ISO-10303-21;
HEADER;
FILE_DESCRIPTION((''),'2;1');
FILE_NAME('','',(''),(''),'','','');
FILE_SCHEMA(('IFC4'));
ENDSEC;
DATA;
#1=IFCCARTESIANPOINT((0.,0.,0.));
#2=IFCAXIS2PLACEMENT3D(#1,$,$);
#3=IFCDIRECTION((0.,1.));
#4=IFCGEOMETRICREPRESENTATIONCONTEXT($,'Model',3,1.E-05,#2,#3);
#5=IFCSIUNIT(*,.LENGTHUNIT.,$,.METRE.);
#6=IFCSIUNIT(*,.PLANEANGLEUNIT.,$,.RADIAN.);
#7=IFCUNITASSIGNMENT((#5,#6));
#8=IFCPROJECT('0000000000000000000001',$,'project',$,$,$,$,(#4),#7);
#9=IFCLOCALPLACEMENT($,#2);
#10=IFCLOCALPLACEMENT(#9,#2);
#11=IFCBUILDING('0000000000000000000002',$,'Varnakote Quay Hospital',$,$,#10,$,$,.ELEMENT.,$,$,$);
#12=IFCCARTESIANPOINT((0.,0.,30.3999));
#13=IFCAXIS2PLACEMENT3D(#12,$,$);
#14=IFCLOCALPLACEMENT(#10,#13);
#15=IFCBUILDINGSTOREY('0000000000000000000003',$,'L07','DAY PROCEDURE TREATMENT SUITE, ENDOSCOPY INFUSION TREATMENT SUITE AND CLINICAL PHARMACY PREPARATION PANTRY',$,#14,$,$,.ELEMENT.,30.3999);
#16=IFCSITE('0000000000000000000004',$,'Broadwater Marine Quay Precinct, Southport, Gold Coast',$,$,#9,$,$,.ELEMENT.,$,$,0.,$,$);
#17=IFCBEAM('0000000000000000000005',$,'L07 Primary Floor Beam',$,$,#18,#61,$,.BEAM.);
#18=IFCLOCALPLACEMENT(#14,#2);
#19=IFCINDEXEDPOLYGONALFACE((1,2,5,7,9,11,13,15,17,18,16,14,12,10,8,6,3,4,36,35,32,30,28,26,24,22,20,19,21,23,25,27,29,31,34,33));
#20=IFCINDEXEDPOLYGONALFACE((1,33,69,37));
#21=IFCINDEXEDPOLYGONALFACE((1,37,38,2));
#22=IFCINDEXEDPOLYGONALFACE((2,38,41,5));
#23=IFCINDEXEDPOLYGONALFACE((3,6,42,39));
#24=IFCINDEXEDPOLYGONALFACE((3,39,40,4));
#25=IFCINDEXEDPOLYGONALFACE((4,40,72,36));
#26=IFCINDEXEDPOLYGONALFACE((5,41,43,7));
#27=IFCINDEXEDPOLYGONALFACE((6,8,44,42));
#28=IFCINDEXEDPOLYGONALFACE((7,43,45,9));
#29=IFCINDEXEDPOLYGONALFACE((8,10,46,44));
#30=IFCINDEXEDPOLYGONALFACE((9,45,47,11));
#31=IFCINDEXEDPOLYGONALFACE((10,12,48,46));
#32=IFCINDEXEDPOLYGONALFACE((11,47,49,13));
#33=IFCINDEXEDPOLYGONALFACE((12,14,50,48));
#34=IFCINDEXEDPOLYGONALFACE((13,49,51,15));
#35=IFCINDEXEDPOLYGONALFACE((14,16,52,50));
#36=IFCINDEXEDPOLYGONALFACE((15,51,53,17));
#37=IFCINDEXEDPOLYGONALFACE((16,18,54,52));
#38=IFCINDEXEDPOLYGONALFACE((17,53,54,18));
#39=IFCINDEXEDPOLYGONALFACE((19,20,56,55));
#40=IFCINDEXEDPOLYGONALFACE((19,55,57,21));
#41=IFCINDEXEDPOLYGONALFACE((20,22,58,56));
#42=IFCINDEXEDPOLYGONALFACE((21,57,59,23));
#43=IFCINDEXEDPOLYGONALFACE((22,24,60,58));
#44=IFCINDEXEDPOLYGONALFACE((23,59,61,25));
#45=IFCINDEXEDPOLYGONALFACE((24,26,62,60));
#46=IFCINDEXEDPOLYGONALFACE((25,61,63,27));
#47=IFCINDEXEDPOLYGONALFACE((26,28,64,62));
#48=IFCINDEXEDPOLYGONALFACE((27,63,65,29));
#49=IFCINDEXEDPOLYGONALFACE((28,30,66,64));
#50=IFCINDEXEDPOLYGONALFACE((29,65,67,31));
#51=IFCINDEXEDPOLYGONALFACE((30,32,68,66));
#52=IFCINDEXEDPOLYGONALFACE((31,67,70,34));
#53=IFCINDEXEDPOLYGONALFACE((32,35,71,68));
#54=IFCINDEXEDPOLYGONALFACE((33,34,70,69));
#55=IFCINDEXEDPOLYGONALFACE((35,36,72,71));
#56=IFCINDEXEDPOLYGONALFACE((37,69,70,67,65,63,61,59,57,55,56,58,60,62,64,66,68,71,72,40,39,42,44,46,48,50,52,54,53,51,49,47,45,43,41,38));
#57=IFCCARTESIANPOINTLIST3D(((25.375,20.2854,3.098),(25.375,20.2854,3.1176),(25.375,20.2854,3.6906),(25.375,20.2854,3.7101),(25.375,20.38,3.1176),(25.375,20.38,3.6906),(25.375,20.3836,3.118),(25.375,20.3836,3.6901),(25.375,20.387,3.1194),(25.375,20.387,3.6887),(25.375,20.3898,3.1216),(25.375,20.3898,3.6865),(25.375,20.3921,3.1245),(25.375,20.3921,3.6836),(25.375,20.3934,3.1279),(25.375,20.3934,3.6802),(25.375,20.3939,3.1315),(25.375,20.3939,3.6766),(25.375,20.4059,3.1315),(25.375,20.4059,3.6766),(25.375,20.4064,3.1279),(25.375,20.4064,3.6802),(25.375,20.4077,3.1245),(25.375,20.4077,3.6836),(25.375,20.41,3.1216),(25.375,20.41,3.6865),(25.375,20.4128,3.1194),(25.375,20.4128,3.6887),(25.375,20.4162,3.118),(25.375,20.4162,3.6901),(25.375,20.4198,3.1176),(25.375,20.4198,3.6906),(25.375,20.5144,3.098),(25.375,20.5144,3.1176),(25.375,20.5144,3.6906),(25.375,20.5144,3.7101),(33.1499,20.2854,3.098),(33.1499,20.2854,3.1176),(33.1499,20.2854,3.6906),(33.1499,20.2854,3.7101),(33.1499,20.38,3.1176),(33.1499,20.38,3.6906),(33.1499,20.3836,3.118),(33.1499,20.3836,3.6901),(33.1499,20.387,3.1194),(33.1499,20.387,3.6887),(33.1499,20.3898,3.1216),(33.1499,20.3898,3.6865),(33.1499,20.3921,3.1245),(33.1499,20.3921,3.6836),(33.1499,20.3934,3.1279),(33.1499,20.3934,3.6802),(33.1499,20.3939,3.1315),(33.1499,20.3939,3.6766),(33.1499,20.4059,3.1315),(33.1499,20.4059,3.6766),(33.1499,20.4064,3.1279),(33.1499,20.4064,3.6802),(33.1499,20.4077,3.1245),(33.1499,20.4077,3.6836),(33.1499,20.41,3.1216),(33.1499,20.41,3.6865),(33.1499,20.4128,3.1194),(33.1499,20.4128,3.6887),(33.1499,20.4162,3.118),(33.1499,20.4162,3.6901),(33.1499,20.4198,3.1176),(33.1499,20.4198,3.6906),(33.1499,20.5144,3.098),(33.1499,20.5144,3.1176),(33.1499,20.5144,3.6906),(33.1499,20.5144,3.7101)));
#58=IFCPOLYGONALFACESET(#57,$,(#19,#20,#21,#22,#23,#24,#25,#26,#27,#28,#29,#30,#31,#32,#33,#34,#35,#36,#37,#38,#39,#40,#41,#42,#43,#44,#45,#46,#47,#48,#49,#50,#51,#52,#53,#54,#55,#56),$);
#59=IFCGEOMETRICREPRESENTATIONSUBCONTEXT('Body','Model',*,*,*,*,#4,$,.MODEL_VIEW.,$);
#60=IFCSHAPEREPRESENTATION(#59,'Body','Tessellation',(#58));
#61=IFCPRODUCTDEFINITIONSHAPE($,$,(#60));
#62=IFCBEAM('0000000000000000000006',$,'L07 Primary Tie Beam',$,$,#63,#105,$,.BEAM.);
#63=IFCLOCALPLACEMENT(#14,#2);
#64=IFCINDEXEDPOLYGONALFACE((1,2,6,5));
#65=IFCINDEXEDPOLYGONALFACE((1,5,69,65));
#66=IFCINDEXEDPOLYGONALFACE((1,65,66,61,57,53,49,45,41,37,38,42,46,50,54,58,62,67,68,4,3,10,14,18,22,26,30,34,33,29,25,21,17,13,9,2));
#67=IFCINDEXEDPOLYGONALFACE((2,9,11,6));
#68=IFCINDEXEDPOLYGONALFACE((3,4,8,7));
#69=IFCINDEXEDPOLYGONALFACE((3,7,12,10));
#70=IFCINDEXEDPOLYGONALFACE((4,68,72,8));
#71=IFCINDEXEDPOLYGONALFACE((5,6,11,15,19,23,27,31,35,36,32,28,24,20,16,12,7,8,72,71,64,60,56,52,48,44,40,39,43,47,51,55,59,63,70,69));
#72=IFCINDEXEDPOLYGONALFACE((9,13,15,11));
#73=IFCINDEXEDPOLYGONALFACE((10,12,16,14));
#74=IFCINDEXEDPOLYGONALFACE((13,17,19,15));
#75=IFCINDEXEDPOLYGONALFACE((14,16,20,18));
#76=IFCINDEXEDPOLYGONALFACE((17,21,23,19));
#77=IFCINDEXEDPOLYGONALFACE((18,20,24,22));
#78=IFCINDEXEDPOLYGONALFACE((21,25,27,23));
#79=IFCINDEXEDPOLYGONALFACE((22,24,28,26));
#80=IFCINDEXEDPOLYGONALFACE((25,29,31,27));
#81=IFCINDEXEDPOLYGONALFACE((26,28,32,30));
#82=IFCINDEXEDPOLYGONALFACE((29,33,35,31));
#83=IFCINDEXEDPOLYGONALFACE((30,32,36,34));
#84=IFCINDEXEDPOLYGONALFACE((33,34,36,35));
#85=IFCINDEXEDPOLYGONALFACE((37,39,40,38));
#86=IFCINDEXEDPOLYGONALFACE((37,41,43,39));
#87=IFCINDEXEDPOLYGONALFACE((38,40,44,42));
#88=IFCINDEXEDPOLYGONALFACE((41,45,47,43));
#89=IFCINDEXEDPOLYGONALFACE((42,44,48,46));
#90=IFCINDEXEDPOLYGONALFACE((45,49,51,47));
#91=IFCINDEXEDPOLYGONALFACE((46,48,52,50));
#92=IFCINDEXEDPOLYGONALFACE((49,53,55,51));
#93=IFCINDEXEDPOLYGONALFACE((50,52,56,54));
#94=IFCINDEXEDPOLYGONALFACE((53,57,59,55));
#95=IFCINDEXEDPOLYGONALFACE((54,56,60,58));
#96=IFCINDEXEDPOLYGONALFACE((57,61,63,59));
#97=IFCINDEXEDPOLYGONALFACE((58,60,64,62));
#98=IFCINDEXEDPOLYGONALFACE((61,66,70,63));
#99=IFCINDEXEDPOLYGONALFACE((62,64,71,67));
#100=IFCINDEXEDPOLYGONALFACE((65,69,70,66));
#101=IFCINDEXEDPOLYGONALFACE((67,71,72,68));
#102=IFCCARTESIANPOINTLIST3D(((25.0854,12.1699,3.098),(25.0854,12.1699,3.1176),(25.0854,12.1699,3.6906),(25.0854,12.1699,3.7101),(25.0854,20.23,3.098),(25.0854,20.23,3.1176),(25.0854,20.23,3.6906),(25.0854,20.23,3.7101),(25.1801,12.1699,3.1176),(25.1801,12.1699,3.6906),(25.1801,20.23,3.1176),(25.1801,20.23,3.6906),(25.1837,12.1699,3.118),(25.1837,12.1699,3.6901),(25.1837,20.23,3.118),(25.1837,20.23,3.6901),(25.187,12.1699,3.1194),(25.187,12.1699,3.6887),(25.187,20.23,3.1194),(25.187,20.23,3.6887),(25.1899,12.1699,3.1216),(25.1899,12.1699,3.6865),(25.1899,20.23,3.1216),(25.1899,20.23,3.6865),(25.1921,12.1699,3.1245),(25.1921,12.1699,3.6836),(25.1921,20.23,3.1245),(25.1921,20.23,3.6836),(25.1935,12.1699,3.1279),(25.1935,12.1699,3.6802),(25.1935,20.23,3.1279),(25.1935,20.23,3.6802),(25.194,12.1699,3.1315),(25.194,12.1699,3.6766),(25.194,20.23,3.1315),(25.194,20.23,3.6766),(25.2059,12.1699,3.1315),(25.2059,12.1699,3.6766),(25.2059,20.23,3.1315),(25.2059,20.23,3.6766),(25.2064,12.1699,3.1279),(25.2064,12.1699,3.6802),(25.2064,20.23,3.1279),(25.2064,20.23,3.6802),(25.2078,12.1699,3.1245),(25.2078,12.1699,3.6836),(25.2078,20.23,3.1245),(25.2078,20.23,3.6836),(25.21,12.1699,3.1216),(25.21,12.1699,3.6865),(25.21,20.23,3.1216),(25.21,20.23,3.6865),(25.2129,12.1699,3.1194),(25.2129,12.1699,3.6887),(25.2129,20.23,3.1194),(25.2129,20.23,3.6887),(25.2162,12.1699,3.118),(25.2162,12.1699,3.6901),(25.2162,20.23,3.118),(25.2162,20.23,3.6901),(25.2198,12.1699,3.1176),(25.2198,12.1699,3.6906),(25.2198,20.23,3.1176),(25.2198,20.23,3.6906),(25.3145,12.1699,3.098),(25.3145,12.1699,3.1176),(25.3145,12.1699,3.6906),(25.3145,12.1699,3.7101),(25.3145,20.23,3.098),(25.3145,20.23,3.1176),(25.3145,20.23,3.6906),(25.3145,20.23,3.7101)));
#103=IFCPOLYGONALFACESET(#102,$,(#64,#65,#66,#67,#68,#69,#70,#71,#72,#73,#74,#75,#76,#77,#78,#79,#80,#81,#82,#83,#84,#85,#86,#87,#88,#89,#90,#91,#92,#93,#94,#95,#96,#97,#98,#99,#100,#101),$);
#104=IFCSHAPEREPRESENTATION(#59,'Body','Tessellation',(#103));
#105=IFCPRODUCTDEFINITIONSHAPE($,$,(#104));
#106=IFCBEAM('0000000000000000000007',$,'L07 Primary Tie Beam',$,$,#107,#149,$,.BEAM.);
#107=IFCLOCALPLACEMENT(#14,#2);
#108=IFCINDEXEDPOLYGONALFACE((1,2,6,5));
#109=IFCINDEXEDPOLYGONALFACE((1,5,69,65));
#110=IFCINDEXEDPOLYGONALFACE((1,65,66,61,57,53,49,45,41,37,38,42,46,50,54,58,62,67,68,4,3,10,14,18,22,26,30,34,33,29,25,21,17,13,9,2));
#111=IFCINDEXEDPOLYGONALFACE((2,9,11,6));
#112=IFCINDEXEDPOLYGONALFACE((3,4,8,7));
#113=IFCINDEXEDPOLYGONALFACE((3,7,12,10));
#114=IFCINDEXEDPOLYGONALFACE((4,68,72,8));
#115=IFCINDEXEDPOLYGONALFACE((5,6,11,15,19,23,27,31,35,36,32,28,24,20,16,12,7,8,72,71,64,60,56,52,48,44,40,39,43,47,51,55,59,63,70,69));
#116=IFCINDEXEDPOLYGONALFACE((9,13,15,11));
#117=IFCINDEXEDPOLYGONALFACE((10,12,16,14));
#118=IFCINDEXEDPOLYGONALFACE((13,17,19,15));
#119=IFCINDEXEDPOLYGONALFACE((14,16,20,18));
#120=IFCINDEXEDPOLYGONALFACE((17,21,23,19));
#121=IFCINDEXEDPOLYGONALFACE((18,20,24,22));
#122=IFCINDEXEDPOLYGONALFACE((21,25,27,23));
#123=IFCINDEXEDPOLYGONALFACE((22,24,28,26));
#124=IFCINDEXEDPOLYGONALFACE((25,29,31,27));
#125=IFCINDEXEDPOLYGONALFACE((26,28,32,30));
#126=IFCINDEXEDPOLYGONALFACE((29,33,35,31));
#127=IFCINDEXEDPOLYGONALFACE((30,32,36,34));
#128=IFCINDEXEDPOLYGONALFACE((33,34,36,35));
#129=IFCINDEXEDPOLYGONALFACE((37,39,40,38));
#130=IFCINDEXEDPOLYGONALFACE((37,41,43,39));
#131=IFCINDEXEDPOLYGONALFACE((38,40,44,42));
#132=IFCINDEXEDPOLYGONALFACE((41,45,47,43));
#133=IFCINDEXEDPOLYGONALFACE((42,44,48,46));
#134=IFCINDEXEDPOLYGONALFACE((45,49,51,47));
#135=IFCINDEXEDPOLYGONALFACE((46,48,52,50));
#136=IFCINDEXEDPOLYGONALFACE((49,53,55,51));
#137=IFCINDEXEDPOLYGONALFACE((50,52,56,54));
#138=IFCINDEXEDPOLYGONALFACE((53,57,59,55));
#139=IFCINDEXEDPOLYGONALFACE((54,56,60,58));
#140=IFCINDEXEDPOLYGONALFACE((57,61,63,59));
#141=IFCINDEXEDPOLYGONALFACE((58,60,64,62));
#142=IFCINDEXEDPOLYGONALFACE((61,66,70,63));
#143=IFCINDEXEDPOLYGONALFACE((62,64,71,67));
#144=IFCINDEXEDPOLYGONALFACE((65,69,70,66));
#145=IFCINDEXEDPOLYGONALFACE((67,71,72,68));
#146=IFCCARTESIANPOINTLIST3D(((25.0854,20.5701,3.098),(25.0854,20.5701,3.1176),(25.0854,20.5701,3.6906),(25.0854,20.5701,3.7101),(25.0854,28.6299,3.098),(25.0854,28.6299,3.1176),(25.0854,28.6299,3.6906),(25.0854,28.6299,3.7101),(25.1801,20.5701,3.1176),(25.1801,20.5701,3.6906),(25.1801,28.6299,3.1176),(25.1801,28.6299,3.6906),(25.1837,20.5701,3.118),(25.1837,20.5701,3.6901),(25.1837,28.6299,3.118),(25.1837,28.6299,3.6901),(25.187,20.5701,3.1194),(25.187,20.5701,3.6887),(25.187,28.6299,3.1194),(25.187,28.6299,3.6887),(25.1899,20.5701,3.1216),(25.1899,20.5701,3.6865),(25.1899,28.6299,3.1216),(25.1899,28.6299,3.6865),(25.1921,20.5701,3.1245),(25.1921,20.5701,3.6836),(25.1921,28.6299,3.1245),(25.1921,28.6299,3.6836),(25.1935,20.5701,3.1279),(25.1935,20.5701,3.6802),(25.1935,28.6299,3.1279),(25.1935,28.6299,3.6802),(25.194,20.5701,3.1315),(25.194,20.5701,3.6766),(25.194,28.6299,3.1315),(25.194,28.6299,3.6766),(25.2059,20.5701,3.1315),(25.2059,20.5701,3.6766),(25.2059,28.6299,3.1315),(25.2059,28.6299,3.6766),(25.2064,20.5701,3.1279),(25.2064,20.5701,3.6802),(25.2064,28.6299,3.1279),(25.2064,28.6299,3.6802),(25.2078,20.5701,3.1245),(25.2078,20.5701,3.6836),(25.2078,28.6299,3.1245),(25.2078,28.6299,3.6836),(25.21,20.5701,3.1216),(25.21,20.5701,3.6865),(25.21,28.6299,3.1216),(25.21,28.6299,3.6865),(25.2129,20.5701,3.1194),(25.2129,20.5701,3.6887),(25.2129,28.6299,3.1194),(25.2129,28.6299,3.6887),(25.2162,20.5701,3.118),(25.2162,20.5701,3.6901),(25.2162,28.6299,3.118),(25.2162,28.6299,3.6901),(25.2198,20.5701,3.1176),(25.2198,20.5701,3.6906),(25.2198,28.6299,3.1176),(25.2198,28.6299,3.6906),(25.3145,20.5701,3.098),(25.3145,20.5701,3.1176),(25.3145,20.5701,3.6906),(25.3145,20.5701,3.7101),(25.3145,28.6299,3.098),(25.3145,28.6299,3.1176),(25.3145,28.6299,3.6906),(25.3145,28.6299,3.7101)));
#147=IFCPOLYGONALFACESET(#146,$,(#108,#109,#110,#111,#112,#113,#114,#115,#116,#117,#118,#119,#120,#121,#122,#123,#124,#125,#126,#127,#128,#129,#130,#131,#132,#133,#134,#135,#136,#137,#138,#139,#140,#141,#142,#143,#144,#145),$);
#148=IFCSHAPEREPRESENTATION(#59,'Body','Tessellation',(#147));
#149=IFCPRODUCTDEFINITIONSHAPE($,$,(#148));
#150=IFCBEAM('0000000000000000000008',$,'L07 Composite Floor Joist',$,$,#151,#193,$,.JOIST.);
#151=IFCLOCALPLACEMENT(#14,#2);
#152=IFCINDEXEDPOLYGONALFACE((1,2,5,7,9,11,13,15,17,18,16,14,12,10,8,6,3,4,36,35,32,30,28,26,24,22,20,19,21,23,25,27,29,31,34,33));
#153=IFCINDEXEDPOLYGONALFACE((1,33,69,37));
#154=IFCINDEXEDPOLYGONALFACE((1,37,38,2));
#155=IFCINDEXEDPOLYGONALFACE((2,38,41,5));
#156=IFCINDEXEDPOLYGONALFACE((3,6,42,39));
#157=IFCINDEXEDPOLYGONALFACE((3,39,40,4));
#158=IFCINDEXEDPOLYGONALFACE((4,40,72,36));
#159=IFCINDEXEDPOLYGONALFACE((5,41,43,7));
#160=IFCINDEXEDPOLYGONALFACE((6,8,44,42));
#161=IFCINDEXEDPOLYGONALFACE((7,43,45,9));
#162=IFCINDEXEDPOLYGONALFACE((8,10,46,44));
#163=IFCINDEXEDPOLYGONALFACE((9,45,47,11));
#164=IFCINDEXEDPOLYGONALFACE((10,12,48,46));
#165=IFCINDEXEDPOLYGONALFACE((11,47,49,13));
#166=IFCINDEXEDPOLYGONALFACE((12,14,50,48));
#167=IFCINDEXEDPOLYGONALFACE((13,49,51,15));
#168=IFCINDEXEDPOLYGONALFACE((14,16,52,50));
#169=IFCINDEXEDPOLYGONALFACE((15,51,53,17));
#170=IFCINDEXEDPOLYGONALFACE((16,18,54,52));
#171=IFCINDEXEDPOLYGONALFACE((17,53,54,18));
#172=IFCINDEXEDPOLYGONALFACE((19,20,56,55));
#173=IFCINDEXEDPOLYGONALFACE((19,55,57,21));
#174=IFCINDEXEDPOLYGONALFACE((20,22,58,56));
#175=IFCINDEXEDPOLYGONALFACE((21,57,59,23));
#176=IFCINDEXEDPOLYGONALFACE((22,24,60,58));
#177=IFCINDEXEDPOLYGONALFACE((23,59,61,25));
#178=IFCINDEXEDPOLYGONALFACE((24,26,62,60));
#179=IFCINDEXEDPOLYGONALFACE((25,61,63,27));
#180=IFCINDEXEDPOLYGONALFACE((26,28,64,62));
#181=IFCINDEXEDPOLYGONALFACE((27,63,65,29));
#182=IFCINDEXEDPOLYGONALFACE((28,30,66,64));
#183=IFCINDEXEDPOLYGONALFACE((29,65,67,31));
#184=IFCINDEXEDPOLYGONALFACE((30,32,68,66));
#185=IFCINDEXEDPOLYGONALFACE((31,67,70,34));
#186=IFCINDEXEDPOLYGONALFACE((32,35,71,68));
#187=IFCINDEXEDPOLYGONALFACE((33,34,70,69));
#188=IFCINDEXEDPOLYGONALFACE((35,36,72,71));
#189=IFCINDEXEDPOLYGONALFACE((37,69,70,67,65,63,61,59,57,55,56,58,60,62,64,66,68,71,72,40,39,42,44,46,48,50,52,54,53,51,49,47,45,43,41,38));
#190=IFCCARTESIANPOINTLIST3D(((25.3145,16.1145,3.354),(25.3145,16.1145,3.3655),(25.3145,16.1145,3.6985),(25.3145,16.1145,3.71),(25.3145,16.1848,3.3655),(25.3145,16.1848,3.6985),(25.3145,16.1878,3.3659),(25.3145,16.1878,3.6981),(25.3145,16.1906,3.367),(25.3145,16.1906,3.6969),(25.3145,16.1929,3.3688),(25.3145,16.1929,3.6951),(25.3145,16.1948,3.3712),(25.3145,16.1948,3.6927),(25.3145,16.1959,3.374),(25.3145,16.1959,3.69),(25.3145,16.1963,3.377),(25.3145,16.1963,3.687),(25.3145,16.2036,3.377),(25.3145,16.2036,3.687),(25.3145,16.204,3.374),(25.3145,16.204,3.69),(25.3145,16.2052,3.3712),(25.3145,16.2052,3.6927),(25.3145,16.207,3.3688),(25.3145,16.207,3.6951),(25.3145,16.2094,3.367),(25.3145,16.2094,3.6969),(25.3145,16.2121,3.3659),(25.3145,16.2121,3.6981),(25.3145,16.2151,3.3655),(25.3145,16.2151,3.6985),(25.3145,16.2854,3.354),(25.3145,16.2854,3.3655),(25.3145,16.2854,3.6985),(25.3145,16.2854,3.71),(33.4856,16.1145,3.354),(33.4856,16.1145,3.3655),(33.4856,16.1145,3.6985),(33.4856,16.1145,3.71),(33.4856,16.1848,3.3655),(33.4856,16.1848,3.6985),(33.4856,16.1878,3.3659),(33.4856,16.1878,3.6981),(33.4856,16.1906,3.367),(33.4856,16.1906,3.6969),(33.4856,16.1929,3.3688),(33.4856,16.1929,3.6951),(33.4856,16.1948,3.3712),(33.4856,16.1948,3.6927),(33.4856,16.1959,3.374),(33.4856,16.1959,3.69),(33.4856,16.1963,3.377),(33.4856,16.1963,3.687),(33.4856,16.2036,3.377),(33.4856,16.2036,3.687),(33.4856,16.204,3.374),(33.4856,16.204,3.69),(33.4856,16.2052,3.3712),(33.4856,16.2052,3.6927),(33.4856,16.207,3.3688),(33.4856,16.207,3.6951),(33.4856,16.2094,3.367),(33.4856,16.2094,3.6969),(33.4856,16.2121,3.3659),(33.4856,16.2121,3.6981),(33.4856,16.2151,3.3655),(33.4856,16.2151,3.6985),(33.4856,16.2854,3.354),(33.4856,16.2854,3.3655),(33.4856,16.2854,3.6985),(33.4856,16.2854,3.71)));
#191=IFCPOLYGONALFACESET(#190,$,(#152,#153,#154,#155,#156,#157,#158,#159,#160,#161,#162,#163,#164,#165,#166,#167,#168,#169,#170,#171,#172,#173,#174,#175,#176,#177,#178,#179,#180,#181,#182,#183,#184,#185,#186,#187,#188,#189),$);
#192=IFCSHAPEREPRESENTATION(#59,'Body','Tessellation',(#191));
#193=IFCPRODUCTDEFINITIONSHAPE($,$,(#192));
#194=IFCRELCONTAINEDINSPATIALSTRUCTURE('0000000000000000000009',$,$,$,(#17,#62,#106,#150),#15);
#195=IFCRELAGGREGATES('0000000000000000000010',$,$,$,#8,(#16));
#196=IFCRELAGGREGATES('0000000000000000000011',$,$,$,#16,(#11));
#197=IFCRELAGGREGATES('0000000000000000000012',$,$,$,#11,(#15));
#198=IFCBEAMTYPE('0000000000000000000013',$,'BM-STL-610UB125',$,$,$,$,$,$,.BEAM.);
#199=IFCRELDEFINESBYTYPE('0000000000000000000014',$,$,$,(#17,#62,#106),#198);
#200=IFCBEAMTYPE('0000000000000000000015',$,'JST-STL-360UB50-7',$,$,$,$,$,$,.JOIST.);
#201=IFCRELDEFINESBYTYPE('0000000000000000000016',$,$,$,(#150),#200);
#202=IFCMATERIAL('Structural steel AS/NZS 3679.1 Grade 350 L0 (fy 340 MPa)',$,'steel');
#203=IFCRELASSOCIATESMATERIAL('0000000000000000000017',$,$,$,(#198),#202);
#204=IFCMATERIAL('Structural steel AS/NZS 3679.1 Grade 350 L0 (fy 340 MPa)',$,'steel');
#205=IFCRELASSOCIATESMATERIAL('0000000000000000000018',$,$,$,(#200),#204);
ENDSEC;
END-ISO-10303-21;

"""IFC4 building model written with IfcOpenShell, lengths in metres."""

from ifc_helpers import new_model, si_unit, direction, frame, origin, origin_2d, place, context, subcontext, project, spatial, i_section, extrude, material, material_profile, profile_set, type_object, element, save


model = new_model("IFC4")

# Units and contexts
model_context = context("Model", 3, precision=1e-05, world=origin(), true_north=direction((0.0, 1.0)))
body_context = subcontext(model_context, "Body", "Model", "MODEL_VIEW")
ifc_project = project(units=[si_unit("LENGTHUNIT", "METRE"), si_unit("PLANEANGLEUNIT", "RADIAN")], contexts=[model_context])

# Site, building, storey
site_placement = place(None, origin())
site = spatial("IfcSite", under=ifc_project, at=site_placement, Name="Broadwater Marine Quay Precinct, Southport, Gold Coast", CompositionType="ELEMENT", RefElevation=0.0)
building_placement = place(site_placement, origin())
building = spatial("IfcBuilding", under=site, at=building_placement, Name="Varnakote Quay Hospital", CompositionType="ELEMENT")
storey_placement = place(building_placement, frame((0.0, 0.0, 30.3999)))
storey = spatial("IfcBuildingStorey", under=building, at=storey_placement, Name="L07", Description="DAY PROCEDURE TREATMENT SUITE, ENDOSCOPY INFUSION TREATMENT SUITE AND CLINICAL PHARMACY PREPARATION PANTRY", CompositionType="ELEMENT", Elevation=30.3999)

# Beams
ifc_material_1 = material(Name="Structural steel AS/NZS 3679.1 Grade 350 L0 (fy 340 MPa)", Category="steel")
ifc_material_profile_1 = material_profile(ifc_material_1, i_section(OverallWidth=0.229, OverallDepth=0.6121, WebThickness=0.012, FlangeThickness=0.0195, FilletRadius=0.0139, at=origin_2d()), Name="610UB125")
ifc_profile_set_1 = profile_set([ifc_material_profile_1], Name="Structural steel AS/NZS 3679.1 Grade 350 L0 (fy 340 MPa)")
beam_type_1 = type_object("IfcBeamType", Name="BM-STL-610UB125", PredefinedType="BEAM", material=ifc_profile_set_1)
for number, where, z_axis, x_axis, name in (
    (1, (25.375, 20.3999, 3.4041), (1.0, 0.0, 0.0), (0.0, 1.0, 0.0), "L07 Primary Floor Beam"),
):
    element("IfcBeam", number, at=place(storey_placement, frame(where, z_axis=z_axis, x_axis=x_axis)), inside=storey, type_object=beam_type_1, Name=name, PredefinedType="BEAM", context=body_context, shape_type="SweptSolid", body=[
        extrude(i_section(OverallWidth=0.229, OverallDepth=0.6121, WebThickness=0.012, FlangeThickness=0.0195, FilletRadius=0.0139, at=origin_2d()), origin(), (0.0, 0.0, 1.0), 7.7749),
    ])
beam_1_placement = place(storey_placement, frame((25.2, 12.1699, 3.4041), z_axis=(0.0, 1.0, 0.0), x_axis=(-1.0, 0.0, 0.0)))
element("IfcBeam", 2, at=beam_1_placement, inside=storey, type_object=beam_type_1, Name="L07 Primary Tie Beam", PredefinedType="BEAM", context=body_context, shape_type="SweptSolid", body=[
    extrude(i_section(OverallWidth=0.229, OverallDepth=0.6121, WebThickness=0.012, FlangeThickness=0.0195, FilletRadius=0.0139, at=origin_2d()), origin(), (0.0, 0.0, 1.0), 8.0601),
])
beam_2_placement = place(storey_placement, frame((25.2, 20.5701, 3.4041), z_axis=(0.0, 1.0, 0.0), x_axis=(-1.0, 0.0, 0.0)))
element("IfcBeam", 3, at=beam_2_placement, inside=storey, type_object=beam_type_1, Name="L07 Primary Tie Beam", PredefinedType="BEAM", context=body_context, shape_type="SweptSolid", body=[
    extrude(i_section(OverallWidth=0.229, OverallDepth=0.6121, WebThickness=0.012, FlangeThickness=0.0195, FilletRadius=0.0139, at=origin_2d()), origin(), (0.0, 0.0, 1.0), 8.0598),
])
ifc_material_2 = material(Name="Structural steel AS/NZS 3679.1 Grade 350 L0 (fy 340 MPa)", Category="steel")
ifc_material_profile_2 = material_profile(ifc_material_2, i_section(OverallWidth=0.1709, OverallDepth=0.356, WebThickness=0.0073, FlangeThickness=0.0115, FilletRadius=0.0115, at=origin_2d()), Name="360UB50.7")
ifc_profile_set_2 = profile_set([ifc_material_profile_2], Name="Structural steel AS/NZS 3679.1 Grade 350 L0 (fy 340 MPa)")
beam_type_2 = type_object("IfcBeamType", Name="JST-STL-360UB50-7", PredefinedType="JOIST", material=ifc_profile_set_2)
beam_3_placement = place(storey_placement, frame((25.3145, 16.2, 3.532), z_axis=(1.0, 0.0, 0.0), x_axis=(0.0, 1.0, 0.0)))
element("IfcBeam", 4, at=beam_3_placement, inside=storey, type_object=beam_type_2, Name="L07 Composite Floor Joist", PredefinedType="JOIST", context=body_context, shape_type="SweptSolid", body=[
    extrude(i_section(OverallWidth=0.1709, OverallDepth=0.356, WebThickness=0.0073, FlangeThickness=0.0115, FilletRadius=0.0115, at=origin_2d()), origin(), (0.0, 0.0, 1.0), 8.1711),
])

save(model, "model.ifc")
